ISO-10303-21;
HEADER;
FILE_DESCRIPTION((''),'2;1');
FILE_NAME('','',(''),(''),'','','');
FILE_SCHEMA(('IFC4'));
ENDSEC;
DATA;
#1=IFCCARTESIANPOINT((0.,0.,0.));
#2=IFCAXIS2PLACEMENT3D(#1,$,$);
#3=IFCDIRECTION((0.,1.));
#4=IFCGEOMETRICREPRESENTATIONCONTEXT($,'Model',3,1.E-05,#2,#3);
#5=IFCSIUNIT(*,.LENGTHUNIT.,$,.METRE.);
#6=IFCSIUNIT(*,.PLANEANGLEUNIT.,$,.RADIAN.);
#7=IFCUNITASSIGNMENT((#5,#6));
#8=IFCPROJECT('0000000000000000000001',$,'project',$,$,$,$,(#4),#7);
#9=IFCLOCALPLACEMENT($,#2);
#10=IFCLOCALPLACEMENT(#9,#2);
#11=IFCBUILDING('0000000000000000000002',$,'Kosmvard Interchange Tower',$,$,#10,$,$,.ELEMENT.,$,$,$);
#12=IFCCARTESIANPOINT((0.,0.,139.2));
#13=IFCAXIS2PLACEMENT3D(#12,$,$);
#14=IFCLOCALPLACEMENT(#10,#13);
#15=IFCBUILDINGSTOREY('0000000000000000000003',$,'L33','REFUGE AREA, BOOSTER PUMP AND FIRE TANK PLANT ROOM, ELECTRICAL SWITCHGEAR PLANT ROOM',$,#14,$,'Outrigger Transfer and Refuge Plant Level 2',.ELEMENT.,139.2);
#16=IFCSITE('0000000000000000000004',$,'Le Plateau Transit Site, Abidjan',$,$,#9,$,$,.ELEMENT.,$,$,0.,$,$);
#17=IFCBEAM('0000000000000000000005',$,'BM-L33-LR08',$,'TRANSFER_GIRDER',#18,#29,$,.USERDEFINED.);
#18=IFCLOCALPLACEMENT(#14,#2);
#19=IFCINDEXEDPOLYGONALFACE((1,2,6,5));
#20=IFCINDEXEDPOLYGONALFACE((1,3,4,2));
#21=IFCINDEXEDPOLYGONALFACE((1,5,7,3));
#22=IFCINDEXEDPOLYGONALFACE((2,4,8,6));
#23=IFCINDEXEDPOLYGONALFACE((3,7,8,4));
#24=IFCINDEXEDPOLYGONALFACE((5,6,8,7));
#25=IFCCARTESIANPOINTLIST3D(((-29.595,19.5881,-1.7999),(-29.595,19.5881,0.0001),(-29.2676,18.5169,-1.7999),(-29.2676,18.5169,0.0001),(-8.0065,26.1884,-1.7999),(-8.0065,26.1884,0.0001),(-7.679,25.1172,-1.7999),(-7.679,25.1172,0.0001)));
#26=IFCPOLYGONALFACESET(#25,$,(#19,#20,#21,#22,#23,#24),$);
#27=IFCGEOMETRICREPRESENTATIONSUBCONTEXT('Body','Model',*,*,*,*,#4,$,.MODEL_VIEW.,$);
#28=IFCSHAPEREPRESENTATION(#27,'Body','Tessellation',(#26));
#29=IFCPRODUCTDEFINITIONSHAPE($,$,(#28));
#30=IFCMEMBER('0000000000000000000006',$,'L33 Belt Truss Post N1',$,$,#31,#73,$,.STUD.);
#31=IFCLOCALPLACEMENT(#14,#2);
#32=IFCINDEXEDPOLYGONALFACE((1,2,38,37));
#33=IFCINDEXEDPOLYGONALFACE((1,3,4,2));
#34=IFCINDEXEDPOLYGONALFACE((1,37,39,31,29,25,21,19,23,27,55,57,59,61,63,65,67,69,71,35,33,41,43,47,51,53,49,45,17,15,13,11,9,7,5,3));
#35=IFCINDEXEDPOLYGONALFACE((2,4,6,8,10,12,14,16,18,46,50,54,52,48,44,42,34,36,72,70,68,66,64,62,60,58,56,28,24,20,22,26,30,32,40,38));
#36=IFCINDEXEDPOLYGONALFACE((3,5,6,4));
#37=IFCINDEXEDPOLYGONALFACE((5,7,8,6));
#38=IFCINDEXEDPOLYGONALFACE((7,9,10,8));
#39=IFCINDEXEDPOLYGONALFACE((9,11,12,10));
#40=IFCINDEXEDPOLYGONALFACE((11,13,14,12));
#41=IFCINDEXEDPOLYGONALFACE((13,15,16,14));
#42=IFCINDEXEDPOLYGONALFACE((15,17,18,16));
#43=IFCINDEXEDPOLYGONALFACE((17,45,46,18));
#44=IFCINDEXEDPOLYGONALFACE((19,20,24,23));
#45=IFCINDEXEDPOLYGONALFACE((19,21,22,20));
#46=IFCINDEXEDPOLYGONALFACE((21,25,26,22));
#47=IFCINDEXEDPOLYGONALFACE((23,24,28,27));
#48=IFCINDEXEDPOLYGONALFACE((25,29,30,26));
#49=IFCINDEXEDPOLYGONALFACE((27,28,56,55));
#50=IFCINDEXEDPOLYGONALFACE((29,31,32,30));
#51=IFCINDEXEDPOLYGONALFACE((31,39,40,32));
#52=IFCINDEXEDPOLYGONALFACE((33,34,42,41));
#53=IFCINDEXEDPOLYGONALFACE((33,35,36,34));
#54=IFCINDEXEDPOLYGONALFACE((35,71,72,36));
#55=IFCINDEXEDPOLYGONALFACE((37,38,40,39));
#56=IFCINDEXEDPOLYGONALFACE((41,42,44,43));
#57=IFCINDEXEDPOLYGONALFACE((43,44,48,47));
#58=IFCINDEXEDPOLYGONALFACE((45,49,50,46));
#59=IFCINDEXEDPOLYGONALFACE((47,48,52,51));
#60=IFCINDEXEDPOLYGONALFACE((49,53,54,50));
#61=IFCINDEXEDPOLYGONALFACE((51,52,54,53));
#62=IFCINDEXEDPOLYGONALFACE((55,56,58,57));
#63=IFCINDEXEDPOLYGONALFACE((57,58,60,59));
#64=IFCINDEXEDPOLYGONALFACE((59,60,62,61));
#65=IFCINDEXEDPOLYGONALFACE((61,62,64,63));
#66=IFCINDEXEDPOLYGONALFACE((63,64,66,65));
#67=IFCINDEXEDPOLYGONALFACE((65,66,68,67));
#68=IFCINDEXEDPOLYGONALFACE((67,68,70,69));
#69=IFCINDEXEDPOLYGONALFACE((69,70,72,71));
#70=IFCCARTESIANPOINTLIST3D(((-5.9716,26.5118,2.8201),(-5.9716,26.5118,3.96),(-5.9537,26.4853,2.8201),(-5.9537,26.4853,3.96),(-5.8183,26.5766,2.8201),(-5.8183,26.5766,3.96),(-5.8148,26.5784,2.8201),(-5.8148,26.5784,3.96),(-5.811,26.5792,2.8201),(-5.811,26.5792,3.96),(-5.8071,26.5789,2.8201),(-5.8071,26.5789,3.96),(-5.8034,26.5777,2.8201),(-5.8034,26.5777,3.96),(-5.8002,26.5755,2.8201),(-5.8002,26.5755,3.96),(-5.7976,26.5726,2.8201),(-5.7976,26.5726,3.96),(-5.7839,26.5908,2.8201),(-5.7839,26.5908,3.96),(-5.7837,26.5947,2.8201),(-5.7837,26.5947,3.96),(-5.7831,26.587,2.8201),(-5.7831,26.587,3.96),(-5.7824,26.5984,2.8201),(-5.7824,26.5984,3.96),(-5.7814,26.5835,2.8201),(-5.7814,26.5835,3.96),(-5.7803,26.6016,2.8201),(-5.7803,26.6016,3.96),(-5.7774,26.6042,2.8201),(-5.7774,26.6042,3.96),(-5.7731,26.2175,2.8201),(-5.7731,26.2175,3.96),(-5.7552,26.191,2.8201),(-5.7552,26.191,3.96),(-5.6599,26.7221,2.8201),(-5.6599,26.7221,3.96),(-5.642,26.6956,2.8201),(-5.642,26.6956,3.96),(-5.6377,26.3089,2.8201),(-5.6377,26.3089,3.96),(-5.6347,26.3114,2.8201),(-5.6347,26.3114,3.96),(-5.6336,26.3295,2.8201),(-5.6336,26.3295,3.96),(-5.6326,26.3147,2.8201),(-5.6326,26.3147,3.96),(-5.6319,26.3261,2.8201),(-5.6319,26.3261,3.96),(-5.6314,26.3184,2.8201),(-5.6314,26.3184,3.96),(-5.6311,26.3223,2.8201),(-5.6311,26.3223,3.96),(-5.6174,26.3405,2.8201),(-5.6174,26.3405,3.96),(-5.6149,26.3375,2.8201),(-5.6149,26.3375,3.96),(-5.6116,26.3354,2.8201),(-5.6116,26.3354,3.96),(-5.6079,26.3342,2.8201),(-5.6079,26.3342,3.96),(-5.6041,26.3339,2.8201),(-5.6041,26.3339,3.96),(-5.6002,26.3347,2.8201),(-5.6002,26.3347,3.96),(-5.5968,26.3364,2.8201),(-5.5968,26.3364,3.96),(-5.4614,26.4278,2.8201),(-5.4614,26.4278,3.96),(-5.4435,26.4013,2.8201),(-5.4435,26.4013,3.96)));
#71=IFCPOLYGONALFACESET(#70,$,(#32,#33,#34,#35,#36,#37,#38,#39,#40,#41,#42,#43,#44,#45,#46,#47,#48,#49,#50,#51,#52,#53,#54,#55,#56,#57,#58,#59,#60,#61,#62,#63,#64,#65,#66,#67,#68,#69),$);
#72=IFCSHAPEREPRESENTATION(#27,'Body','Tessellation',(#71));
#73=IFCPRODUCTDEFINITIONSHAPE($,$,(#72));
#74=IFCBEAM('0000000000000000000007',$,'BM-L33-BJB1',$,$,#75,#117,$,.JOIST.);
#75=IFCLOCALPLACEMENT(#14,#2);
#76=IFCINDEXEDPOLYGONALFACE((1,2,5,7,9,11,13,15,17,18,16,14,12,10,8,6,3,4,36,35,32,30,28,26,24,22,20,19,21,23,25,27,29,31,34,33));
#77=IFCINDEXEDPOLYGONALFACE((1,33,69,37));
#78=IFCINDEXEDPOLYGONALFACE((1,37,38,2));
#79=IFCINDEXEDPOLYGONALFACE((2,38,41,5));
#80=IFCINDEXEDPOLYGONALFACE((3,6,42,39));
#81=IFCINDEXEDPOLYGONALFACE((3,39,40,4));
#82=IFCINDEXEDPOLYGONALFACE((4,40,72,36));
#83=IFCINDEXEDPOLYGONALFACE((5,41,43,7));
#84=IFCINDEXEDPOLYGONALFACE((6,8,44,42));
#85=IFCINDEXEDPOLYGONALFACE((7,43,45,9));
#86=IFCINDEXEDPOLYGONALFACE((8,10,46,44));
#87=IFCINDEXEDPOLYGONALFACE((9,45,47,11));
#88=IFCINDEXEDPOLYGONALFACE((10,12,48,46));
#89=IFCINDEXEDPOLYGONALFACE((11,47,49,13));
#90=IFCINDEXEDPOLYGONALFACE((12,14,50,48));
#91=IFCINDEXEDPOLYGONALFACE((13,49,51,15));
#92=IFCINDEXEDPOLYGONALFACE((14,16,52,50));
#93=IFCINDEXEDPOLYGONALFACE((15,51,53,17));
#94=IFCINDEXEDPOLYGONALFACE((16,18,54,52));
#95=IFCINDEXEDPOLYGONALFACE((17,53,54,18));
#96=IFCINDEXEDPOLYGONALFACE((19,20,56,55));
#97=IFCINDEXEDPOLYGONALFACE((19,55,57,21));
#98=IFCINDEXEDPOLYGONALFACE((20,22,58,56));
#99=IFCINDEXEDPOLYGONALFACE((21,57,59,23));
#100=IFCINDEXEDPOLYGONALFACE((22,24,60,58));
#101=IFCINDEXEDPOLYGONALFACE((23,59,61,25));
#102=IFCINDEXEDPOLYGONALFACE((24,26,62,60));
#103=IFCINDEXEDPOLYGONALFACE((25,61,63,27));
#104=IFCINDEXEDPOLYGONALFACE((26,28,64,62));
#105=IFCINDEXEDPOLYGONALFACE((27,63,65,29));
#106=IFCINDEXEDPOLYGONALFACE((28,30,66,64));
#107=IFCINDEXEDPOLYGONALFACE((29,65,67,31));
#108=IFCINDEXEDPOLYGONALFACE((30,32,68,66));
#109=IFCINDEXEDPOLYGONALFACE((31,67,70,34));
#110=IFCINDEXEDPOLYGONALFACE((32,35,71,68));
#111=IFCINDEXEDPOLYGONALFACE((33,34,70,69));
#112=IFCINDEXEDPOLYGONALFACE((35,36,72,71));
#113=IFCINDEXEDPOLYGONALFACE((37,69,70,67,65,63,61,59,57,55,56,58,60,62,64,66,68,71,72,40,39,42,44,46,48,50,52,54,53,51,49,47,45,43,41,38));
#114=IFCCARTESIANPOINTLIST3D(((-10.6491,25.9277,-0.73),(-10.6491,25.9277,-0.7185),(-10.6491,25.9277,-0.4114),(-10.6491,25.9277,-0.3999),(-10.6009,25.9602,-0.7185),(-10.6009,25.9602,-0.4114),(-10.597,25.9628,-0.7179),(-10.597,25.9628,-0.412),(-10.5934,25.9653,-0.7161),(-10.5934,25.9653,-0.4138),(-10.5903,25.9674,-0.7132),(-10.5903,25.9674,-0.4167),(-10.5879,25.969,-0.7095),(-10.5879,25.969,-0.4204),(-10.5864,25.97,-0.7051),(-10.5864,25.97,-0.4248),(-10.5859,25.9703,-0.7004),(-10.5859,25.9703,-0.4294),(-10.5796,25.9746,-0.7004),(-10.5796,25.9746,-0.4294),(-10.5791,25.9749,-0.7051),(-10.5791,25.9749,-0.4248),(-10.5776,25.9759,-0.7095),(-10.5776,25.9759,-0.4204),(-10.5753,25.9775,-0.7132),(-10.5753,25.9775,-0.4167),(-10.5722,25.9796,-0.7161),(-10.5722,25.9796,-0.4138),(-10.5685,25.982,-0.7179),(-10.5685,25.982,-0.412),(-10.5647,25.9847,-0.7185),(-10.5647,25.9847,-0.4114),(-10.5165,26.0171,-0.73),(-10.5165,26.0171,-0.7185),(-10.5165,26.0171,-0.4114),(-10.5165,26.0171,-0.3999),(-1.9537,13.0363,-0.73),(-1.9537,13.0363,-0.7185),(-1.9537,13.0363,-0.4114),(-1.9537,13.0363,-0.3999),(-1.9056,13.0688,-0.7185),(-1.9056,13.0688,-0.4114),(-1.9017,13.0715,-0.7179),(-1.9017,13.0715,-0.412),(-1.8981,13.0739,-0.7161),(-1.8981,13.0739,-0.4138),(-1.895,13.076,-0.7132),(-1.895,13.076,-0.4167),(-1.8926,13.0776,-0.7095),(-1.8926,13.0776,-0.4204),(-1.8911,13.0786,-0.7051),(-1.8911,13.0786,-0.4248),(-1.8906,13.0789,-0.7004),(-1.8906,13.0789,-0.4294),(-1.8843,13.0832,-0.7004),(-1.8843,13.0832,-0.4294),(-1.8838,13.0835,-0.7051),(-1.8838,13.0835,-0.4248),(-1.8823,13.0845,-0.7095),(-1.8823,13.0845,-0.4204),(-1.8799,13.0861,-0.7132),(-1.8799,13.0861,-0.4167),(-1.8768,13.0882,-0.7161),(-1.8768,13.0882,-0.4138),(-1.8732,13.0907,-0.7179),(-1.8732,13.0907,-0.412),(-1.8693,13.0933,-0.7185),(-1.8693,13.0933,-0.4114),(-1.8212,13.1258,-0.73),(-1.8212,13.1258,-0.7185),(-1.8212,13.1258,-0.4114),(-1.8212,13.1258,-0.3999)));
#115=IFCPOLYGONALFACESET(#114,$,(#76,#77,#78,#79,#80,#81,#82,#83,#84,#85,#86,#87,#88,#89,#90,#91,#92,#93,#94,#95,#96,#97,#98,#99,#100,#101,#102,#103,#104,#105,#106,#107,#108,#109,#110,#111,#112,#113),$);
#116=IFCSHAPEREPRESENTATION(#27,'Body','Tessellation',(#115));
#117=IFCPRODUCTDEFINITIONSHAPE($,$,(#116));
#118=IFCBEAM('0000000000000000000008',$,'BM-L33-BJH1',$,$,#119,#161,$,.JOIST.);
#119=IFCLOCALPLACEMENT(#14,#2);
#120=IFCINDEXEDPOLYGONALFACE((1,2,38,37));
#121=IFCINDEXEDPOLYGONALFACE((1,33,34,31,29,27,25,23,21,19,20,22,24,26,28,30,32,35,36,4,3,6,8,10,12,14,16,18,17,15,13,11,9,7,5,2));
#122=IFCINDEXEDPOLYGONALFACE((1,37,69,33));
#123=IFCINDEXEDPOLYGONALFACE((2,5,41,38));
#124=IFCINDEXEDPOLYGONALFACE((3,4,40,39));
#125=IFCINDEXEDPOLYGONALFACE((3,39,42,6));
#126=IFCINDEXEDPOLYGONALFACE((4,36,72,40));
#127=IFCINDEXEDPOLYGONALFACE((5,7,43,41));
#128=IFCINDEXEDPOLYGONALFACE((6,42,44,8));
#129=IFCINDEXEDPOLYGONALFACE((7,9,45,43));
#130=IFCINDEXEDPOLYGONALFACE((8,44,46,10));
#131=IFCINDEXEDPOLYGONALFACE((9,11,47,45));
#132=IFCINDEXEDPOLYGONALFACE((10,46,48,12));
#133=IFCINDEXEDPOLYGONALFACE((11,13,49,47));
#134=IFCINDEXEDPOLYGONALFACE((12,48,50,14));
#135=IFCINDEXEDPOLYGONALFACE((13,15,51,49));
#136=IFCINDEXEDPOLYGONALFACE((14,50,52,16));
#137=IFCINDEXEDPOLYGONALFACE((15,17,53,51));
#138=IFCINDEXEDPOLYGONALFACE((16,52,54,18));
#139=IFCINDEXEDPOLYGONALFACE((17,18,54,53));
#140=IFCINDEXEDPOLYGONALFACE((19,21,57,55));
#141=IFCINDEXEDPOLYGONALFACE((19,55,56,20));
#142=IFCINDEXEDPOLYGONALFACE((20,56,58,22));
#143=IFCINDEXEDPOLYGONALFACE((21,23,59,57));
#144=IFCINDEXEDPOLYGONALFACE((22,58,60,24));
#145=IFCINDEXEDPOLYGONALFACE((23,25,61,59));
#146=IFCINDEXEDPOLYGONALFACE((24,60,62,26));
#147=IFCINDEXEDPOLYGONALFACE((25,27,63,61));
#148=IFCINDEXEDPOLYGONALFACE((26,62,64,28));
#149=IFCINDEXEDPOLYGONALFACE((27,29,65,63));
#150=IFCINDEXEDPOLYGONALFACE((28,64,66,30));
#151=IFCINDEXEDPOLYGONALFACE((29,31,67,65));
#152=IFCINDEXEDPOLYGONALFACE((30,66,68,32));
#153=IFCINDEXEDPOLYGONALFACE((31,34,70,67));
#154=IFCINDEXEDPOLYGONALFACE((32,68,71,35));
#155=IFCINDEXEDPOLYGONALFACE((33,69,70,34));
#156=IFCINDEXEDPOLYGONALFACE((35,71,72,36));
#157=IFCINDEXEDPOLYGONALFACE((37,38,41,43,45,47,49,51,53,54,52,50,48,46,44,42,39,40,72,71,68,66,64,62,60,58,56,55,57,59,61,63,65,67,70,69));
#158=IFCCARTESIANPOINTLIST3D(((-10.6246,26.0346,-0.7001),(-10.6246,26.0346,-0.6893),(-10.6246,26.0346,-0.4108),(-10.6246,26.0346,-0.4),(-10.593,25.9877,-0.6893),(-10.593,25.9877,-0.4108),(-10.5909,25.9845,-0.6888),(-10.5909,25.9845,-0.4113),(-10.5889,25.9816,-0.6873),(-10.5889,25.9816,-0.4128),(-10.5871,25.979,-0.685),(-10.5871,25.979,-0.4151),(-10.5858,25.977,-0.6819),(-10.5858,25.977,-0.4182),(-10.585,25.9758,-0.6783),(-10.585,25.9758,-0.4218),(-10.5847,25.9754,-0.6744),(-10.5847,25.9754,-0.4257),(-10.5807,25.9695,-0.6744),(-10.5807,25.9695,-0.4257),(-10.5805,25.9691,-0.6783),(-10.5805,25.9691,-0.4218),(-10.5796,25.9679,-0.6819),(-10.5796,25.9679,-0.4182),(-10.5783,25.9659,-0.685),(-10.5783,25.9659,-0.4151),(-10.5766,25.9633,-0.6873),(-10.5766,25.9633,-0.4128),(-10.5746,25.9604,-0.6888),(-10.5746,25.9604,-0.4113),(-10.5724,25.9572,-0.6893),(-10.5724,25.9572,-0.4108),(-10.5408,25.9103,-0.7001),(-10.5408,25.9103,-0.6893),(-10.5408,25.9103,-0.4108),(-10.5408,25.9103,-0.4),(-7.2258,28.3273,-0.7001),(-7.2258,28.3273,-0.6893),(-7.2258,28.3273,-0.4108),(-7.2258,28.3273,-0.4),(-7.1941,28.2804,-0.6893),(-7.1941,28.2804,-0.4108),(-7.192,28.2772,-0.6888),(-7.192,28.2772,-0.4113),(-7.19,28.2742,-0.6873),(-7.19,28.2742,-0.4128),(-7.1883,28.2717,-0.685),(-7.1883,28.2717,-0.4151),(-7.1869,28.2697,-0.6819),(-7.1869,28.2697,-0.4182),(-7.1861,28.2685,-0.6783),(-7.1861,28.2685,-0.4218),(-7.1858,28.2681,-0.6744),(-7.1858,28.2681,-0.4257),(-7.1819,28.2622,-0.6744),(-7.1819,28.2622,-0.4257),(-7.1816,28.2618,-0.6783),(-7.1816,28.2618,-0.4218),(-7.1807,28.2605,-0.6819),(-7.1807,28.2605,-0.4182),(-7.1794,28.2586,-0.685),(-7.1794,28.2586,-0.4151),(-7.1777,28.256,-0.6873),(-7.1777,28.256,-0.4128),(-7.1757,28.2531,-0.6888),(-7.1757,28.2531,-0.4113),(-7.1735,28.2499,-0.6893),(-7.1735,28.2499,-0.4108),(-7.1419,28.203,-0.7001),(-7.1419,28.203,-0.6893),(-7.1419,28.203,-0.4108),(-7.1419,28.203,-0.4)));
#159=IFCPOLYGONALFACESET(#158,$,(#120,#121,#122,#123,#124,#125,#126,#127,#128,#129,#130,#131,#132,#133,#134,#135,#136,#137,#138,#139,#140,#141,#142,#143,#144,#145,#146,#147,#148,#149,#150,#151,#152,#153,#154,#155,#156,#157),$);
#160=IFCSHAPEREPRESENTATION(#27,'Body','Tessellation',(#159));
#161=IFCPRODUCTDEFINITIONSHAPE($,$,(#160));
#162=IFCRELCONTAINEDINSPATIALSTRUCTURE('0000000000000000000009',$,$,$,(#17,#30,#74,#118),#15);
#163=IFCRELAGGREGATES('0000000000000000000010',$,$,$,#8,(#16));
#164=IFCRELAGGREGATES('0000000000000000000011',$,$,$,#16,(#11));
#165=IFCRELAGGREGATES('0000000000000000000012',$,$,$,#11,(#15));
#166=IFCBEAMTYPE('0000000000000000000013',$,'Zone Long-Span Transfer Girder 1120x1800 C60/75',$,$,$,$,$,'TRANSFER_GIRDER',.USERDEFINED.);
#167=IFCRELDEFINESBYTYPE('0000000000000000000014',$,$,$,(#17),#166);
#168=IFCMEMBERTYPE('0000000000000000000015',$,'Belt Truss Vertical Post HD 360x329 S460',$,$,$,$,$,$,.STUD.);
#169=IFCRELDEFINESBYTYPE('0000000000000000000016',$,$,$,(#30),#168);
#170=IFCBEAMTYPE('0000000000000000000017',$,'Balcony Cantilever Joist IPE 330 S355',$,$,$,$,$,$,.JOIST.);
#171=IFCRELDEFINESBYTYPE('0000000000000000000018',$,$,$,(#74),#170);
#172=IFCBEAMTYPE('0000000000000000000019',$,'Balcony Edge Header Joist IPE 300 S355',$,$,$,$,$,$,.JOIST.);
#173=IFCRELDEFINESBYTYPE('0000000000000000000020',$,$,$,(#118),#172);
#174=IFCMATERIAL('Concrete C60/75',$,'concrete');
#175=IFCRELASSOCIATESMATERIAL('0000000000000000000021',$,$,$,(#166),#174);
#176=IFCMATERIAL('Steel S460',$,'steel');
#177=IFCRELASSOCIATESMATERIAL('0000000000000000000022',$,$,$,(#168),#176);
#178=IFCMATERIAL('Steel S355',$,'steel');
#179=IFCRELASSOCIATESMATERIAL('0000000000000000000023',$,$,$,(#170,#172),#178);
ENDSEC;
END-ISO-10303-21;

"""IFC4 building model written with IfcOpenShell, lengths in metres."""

from ifc_helpers import new_model, si_unit, direction, frame, origin, origin_2d, place, context, subcontext, project, spatial, rectangle, i_section, extrude, source, transform, mapped, material, material_profile, profile_set, type_object, element, save


model = new_model("IFC4")

# Units and contexts
model_context = context("Model", 3, precision=1e-05, world=origin(), true_north=direction((0.0, 1.0)))
body_context = subcontext(model_context, "Body", "Model", "MODEL_VIEW")
ifc_project = project(units=[si_unit("LENGTHUNIT", "METRE"), si_unit("PLANEANGLEUNIT", "RADIAN")], contexts=[model_context])

# Site, building, storey
site_placement = place(None, origin())
site = spatial("IfcSite", under=ifc_project, at=site_placement, Name="Le Plateau Transit Site, Abidjan", CompositionType="ELEMENT", RefElevation=0.0)
building_placement = place(site_placement, origin())
building = spatial("IfcBuilding", under=site, at=building_placement, Name="Kosmvard Interchange Tower", CompositionType="ELEMENT")
storey_placement = place(building_placement, frame((0.0, 0.0, 139.2)))
storey = spatial("IfcBuildingStorey", under=building, at=storey_placement, Name="L33", Description="REFUGE AREA, BOOSTER PUMP AND FIRE TANK PLANT ROOM, ELECTRICAL SWITCHGEAR PLANT ROOM", LongName="Outrigger Transfer and Refuge Plant Level 2", CompositionType="ELEMENT", Elevation=139.2)

# Beam
ifc_material_1 = material(Name="Concrete C60/75", Category="concrete")
ifc_material_profile_1 = material_profile(ifc_material_1, rectangle(XDim=1.1201, YDim=1.8, at=origin_2d()), Name="TG 1120x1800")
ifc_profile_set_1 = profile_set([ifc_material_profile_1], Name="Concrete C60/75")
beam_type_1 = type_object("IfcBeamType", Name="Zone Long-Span Transfer Girder 1120x1800 C60/75", ElementType="TRANSFER_GIRDER", PredefinedType="USERDEFINED", material=ifc_profile_set_1)
shared_shape_1 = source(origin(), body_context, "Body", "SweptSolid", [
    extrude(rectangle(XDim=1.1201, YDim=1.8, at=origin_2d()), origin(), (0.0, 0.0, 1.0), 22.575),
])
beam_1_placement = place(storey_placement, frame((-7.8428, 25.6528, -0.8999), z_axis=(-0.956304, -0.292373, 0.0), x_axis=(0.292373, -0.956304, 0.0)))
element("IfcBeam", 1, at=beam_1_placement, inside=storey, type_object=beam_type_1, Name="BM-L33-LR08", ObjectType="TRANSFER_GIRDER", PredefinedType="USERDEFINED", context=body_context, shape_type="MappedRepresentation", body=[
    mapped(shared_shape_1, transform((0.0, 0.0, 0.0), scale=1.0)),
])

# Member
ifc_material_2 = material(Name="Steel S460", Category="steel")
ifc_material_profile_2 = material_profile(ifc_material_2, i_section(OverallWidth=0.376, OverallDepth=0.387, WebThickness=0.0195, FlangeThickness=0.032, FilletRadius=0.0149, at=origin_2d()), Name="HD 360x329")
ifc_profile_set_2 = profile_set([ifc_material_profile_2], Name="Steel S460")
member_type_1 = type_object("IfcMemberType", Name="Belt Truss Vertical Post HD 360x329 S460", PredefinedType="STUD", material=ifc_profile_set_2)
shared_shape_2 = source(origin(), body_context, "Body", "SweptSolid", [
    extrude(i_section(OverallWidth=0.376, OverallDepth=0.387, WebThickness=0.0195, FlangeThickness=0.032, FilletRadius=0.0149, at=origin_2d()), origin(), (0.0, 0.0, 1.0), 1.1399),
])
member_1_placement = place(storey_placement, frame((-5.7075, 26.4565, 2.8201), z_axis=(0.0, 0.0, 1.0), x_axis=(0.829038, 0.559193, 0.0)))
element("IfcMember", 2, at=member_1_placement, inside=storey, type_object=member_type_1, Name="L33 Belt Truss Post N1", PredefinedType="STUD", context=body_context, shape_type="MappedRepresentation", body=[
    mapped(shared_shape_2, transform((0.0, 0.0, 0.0), scale=1.0)),
])

# Beams
ifc_material_3 = material(Name="Steel S355", Category="steel")
ifc_material_profile_3 = material_profile(ifc_material_3, i_section(OverallWidth=0.1599, OverallDepth=0.3301, WebThickness=0.0076, FlangeThickness=0.0115, FilletRadius=0.0181, at=origin_2d()), Name="IPE 330")
ifc_profile_set_3 = profile_set([ifc_material_profile_3], Name="Steel S355")
beam_type_2 = type_object("IfcBeamType", Name="Balcony Cantilever Joist IPE 330 S355", PredefinedType="JOIST", material=ifc_profile_set_3)
shared_shape_3 = source(origin(), body_context, "Body", "SweptSolid", [
    extrude(i_section(OverallWidth=0.1599, OverallDepth=0.3301, WebThickness=0.0076, FlangeThickness=0.0115, FilletRadius=0.0181, at=origin_2d()), origin(), (0.0, 0.0, 1.0), 15.5498),
])
beam_2_placement = place(storey_placement, frame((-1.8875, 13.0811, -0.5649), z_axis=(-0.559192, 0.829038, 0.0), x_axis=(-0.829038, -0.559192, 0.0)))
element("IfcBeam", 3, at=beam_2_placement, inside=storey, type_object=beam_type_2, Name="BM-L33-BJB1", PredefinedType="JOIST", context=body_context, shape_type="MappedRepresentation", body=[
    mapped(shared_shape_3, transform((0.0, 0.0, 0.0), scale=1.0)),
])
ifc_material_profile_4 = material_profile(ifc_material_3, i_section(OverallWidth=0.1499, OverallDepth=0.3, WebThickness=0.0071, FlangeThickness=0.0107, FilletRadius=0.0149, at=origin_2d()), Name="IPE 300")
ifc_profile_set_4 = profile_set([ifc_material_profile_4], Name="Steel S355")
beam_type_3 = type_object("IfcBeamType", Name="Balcony Edge Header Joist IPE 300 S355", PredefinedType="JOIST", material=ifc_profile_set_4)
shared_shape_4 = source(origin(), body_context, "Body", "SweptSolid", [
    extrude(i_section(OverallWidth=0.1499, OverallDepth=0.3, WebThickness=0.0071, FlangeThickness=0.0107, FilletRadius=0.0149, at=origin_2d()), origin(), (0.0, 0.0, 1.0), 4.0999),
])
beam_3_placement = place(storey_placement, frame((-7.1838, 28.2651, -0.55), z_axis=(-0.829024, -0.559213, 0.0), x_axis=(0.559213, -0.829024, 0.0)))
element("IfcBeam", 4, at=beam_3_placement, inside=storey, type_object=beam_type_3, Name="BM-L33-BJH1", PredefinedType="JOIST", context=body_context, shape_type="MappedRepresentation", body=[
    mapped(shared_shape_4, transform((0.0, 0.0, 0.0), scale=1.0)),
])

save(model, "model.ifc")
